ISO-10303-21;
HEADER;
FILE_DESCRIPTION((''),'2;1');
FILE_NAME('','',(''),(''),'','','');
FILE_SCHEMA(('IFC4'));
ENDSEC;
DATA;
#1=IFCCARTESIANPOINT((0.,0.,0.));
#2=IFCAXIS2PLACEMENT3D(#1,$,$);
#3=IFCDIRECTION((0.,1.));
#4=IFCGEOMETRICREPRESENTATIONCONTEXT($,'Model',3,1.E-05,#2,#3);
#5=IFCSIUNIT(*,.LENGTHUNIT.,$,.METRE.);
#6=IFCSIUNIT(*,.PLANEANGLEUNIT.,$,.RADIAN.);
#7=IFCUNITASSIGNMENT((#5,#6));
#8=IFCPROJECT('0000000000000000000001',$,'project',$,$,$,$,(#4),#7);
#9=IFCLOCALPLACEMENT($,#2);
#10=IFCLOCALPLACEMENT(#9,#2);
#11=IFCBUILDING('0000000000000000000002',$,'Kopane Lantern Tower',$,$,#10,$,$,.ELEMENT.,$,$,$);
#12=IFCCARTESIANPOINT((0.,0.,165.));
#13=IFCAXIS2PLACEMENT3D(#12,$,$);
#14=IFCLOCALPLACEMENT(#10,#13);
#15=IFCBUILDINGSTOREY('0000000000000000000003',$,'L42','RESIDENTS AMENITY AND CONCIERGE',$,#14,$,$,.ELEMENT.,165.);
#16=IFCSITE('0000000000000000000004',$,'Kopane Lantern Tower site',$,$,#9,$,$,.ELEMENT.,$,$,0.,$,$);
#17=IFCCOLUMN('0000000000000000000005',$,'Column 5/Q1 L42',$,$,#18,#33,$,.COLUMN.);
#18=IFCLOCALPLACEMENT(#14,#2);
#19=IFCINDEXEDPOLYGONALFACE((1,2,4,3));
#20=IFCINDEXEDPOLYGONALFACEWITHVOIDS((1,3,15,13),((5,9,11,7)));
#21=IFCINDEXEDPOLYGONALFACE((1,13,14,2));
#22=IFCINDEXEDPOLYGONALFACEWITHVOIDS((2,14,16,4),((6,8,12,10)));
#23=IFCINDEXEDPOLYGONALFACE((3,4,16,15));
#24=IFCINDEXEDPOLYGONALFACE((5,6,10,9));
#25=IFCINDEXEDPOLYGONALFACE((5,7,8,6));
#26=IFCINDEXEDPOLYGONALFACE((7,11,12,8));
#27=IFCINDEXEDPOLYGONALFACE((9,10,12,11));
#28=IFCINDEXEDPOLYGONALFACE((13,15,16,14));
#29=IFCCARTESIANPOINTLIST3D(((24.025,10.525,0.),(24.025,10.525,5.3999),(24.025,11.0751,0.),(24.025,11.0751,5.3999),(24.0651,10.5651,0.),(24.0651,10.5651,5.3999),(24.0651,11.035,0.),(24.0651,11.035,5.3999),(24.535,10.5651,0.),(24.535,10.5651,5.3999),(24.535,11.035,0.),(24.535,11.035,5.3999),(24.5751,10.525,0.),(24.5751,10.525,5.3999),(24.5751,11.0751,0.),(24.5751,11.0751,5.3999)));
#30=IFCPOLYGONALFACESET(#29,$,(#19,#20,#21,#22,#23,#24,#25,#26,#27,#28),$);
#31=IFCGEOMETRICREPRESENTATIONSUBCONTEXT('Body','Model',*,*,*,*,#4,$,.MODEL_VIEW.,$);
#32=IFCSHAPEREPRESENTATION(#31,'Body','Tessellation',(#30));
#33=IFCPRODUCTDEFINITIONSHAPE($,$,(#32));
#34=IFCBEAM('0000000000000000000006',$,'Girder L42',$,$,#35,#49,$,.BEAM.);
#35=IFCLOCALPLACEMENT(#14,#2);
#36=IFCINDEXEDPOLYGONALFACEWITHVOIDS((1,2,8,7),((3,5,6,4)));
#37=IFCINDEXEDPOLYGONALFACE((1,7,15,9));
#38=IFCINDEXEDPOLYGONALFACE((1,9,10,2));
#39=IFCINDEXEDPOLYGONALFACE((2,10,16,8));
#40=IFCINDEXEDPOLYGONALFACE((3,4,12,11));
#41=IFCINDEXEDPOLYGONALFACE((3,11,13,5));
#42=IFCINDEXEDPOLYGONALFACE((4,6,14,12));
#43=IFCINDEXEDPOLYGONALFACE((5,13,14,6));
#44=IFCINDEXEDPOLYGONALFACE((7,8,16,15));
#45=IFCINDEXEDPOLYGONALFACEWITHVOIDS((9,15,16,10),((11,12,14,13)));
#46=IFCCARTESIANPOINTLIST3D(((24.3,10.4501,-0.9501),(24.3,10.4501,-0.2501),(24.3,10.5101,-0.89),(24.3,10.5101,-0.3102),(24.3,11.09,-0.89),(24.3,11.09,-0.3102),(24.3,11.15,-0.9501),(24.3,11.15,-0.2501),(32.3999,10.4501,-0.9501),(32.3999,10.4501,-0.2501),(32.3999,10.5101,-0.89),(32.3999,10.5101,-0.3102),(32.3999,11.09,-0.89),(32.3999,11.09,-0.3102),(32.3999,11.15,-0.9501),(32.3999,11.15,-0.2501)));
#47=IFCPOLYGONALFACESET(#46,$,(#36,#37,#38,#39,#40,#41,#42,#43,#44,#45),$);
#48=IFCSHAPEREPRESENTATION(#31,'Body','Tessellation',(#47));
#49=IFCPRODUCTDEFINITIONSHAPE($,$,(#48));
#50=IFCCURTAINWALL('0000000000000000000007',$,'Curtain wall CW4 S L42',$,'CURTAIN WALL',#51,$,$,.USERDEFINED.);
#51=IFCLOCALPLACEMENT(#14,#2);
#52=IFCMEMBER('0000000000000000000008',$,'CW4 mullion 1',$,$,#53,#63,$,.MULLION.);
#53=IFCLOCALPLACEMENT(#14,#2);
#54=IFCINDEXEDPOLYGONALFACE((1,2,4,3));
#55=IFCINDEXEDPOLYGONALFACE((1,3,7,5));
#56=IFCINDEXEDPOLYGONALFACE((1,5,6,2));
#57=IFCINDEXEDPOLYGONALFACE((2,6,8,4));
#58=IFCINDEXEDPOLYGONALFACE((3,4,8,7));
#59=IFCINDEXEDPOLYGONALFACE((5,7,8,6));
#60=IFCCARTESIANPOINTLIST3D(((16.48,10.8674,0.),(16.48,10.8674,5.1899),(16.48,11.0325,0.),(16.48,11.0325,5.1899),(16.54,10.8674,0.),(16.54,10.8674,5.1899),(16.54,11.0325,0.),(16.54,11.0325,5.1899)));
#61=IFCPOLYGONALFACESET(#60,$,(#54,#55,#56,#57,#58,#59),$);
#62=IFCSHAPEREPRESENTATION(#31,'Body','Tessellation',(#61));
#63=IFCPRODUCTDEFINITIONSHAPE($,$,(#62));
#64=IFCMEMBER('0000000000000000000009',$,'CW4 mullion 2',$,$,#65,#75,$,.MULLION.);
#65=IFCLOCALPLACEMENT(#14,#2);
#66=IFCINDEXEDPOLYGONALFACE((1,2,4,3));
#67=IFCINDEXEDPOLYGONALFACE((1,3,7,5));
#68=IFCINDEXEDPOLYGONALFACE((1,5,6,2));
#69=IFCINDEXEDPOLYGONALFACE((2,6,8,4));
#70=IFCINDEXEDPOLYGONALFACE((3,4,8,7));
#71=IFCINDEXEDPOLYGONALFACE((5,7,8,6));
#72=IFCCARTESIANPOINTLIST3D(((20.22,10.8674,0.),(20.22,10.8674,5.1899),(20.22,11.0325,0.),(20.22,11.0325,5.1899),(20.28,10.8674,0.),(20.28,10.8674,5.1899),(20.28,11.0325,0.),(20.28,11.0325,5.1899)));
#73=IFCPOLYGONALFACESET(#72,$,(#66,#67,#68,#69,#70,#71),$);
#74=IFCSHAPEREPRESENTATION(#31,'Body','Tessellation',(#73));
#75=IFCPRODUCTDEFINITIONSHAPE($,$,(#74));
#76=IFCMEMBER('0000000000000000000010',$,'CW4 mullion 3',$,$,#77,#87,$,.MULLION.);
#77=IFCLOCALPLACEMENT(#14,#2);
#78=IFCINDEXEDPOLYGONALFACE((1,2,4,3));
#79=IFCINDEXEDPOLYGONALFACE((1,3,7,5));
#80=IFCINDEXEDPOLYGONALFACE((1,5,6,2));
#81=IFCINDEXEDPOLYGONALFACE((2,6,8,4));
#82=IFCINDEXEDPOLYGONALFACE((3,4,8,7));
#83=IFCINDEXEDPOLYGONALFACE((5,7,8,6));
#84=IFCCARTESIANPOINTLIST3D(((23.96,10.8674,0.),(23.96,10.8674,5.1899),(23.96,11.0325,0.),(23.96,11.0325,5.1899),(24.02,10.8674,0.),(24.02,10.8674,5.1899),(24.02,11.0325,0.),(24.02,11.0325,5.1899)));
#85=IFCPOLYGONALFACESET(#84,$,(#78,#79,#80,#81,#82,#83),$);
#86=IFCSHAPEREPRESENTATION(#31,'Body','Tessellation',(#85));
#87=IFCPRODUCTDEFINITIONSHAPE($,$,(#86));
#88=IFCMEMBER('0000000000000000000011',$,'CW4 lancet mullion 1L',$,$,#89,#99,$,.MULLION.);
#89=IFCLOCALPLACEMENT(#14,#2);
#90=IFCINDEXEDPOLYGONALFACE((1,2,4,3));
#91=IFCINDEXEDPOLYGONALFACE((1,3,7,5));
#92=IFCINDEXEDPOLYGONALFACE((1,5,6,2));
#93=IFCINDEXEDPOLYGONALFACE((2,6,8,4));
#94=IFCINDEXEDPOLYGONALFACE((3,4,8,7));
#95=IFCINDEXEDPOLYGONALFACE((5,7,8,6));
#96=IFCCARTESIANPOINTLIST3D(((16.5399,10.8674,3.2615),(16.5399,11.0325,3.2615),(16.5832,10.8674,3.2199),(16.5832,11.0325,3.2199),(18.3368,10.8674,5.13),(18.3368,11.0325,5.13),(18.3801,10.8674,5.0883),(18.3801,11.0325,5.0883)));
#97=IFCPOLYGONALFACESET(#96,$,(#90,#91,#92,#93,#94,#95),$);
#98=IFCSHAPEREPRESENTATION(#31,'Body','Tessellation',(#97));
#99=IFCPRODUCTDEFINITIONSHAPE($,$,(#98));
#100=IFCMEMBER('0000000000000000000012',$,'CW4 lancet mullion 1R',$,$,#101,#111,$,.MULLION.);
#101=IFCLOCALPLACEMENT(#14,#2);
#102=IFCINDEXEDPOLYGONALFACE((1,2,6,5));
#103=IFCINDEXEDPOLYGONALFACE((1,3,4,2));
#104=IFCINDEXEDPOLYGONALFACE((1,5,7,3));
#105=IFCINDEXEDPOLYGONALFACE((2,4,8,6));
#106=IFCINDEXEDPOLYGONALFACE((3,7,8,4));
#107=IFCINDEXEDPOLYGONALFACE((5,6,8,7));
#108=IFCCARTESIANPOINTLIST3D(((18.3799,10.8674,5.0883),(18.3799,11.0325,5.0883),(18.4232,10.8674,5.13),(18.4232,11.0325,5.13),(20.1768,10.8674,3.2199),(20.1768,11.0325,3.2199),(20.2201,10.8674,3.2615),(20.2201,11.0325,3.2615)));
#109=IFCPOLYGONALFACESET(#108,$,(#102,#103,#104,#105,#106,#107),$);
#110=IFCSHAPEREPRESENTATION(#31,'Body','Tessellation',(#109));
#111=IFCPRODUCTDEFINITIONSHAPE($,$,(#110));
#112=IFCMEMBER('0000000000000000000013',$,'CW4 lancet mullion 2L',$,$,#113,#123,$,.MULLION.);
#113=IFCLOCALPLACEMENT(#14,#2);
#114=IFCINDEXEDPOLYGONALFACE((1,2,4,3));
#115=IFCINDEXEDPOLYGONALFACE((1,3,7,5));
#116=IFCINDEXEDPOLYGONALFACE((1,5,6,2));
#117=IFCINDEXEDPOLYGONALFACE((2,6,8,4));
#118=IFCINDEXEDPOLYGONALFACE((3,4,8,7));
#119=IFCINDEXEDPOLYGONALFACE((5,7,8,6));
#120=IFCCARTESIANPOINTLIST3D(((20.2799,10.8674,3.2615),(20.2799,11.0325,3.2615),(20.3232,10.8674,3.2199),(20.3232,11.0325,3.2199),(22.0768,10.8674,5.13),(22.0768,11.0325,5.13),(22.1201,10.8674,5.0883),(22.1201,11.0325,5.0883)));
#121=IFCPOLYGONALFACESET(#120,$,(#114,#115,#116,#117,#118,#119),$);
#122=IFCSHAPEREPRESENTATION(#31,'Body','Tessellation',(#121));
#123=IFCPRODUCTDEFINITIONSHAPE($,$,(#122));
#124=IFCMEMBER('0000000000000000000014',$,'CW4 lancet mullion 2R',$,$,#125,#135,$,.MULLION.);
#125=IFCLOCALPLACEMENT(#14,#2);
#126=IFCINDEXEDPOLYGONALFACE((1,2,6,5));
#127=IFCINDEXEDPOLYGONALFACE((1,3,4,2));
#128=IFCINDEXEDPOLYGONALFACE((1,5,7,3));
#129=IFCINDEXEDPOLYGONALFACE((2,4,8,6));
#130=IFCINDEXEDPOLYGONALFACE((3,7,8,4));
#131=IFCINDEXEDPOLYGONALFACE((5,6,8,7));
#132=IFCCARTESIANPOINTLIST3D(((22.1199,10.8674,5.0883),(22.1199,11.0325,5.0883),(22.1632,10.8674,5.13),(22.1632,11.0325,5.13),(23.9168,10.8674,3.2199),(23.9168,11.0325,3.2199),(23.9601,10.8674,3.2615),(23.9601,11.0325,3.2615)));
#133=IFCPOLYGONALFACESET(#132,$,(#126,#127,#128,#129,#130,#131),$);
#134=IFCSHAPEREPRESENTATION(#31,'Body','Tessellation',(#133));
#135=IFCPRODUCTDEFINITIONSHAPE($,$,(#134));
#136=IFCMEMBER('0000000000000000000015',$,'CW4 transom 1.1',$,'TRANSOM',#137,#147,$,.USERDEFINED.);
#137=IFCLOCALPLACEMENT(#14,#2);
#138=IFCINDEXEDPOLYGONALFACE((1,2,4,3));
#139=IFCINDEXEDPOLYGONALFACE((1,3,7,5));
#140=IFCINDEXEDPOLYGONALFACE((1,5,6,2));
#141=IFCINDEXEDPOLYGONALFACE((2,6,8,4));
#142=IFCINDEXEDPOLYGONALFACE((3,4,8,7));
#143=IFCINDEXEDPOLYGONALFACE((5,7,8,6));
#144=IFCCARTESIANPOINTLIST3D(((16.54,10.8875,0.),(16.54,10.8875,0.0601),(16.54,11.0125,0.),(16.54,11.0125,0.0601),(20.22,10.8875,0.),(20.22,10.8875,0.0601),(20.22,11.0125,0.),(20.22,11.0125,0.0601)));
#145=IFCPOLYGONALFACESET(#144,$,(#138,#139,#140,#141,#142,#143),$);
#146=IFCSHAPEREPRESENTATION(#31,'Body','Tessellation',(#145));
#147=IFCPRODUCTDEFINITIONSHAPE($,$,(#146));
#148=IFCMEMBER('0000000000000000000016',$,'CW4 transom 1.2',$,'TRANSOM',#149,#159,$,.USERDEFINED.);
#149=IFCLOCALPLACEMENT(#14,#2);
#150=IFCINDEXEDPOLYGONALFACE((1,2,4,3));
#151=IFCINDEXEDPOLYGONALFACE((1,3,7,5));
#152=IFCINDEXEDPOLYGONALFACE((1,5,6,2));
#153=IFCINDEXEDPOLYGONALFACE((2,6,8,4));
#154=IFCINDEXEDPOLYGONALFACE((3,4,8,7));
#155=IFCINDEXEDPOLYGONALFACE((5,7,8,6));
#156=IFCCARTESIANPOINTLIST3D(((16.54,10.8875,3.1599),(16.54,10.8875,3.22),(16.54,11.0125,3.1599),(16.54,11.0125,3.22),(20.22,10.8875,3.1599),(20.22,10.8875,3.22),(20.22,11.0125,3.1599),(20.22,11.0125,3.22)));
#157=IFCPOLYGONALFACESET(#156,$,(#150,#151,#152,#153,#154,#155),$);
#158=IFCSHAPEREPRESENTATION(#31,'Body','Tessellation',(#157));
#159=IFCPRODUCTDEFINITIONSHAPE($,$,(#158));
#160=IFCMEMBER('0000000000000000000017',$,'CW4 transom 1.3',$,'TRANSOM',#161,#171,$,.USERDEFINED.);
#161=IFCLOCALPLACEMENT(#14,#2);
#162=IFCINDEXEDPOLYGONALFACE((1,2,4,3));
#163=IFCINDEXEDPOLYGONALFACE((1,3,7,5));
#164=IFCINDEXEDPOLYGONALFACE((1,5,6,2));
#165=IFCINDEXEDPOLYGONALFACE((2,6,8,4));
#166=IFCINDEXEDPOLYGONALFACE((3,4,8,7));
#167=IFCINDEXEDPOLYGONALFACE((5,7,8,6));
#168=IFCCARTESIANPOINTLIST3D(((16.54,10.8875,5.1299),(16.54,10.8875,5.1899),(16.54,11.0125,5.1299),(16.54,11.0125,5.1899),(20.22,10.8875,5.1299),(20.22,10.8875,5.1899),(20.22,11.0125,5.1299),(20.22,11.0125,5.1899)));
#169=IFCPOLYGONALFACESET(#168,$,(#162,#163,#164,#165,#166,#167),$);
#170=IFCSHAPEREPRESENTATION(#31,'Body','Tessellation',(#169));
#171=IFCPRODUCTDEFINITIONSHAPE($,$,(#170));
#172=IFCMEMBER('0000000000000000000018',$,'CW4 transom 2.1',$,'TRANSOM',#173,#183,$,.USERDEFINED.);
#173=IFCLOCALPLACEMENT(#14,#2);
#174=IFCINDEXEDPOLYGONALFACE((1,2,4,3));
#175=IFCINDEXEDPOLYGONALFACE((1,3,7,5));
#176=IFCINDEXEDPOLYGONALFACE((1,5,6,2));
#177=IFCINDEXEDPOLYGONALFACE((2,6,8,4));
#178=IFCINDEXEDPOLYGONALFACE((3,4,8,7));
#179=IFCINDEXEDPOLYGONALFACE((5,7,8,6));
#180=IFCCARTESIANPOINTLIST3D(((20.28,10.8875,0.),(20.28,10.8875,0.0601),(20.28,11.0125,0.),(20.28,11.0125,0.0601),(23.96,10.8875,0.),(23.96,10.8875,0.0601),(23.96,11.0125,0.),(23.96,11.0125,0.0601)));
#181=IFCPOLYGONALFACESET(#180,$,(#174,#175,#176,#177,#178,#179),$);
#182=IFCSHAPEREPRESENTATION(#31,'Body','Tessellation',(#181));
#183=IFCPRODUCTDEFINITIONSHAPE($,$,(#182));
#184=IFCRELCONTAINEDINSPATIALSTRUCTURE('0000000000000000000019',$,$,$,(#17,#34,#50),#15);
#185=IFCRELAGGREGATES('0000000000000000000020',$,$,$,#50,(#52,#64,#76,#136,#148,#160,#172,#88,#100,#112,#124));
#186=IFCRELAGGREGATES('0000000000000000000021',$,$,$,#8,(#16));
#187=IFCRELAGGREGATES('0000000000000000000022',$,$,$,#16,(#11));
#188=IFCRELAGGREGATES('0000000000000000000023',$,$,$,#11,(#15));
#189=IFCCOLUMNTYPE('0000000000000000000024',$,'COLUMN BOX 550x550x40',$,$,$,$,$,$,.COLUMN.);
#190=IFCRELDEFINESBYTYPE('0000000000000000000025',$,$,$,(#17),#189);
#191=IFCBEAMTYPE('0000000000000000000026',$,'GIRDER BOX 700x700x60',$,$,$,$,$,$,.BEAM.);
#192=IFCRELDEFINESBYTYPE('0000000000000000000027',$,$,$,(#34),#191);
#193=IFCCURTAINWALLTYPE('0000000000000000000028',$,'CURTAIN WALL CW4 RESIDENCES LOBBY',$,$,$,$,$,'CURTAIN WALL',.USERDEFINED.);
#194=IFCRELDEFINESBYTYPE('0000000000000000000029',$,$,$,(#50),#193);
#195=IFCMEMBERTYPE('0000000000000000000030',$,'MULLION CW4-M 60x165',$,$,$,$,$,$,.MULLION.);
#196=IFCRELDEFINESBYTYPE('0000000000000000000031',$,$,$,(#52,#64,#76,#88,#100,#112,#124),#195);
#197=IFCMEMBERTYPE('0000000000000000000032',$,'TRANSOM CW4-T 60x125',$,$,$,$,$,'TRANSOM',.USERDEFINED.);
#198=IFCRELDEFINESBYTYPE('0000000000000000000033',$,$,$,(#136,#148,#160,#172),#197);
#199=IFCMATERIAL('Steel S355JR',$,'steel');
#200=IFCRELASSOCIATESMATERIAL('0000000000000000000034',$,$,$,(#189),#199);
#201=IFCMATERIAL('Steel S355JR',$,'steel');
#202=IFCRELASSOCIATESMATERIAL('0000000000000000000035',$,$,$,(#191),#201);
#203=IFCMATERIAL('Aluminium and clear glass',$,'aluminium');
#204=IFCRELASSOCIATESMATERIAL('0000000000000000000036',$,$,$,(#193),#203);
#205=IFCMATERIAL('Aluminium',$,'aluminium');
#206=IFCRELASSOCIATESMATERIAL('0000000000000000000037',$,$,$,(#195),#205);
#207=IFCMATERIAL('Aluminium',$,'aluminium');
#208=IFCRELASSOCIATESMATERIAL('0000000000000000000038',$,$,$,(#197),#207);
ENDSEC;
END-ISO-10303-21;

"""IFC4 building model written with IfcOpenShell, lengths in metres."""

from ifc_helpers import new_model, si_unit, direction, frame, origin, origin_2d, place, context, subcontext, project, spatial, rectangle, hollow_rectangle, extrude, material, material_profile, profile_set, type_object, element, aggregate, save


model = new_model("IFC4")

# Units and contexts
model_context = context("Model", 3, precision=1e-05, world=origin(), true_north=direction((0.0, 1.0)))
body_context = subcontext(model_context, "Body", "Model", "MODEL_VIEW")
ifc_project = project(units=[si_unit("LENGTHUNIT", "METRE"), si_unit("PLANEANGLEUNIT", "RADIAN")], contexts=[model_context])

# Site, building, storey
site_placement = place(None, origin())
site = spatial("IfcSite", under=ifc_project, at=site_placement, Name="Kopane Lantern Tower site", CompositionType="ELEMENT", RefElevation=0.0)
building_placement = place(site_placement, origin())
building = spatial("IfcBuilding", under=site, at=building_placement, Name="Kopane Lantern Tower", CompositionType="ELEMENT")
storey_placement = place(building_placement, frame((0.0, 0.0, 165.0)))
storey = spatial("IfcBuildingStorey", under=building, at=storey_placement, Name="L42", Description="RESIDENTS AMENITY AND CONCIERGE", CompositionType="ELEMENT", Elevation=165.0)

# Column
ifc_material_1 = material(Name="Steel S355JR", Category="steel")
ifc_material_profile_1 = material_profile(ifc_material_1, hollow_rectangle(XDim=0.55, YDim=0.55, WallThickness=0.04, at=origin_2d()), Name="BOX 550x550x40")
ifc_profile_set_1 = profile_set([ifc_material_profile_1], Name="Steel S355JR")
column_type = type_object("IfcColumnType", Name="COLUMN BOX 550x550x40", PredefinedType="COLUMN", material=ifc_profile_set_1)
column_placement = place(storey_placement, frame((24.3, 10.8, 0.0), z_axis=(0.0, 0.0, 1.0), x_axis=(1.0, 0.0, 0.0)))
element("IfcColumn", 1, at=column_placement, inside=storey, type_object=column_type, Name="Column 5/Q1 L42", PredefinedType="COLUMN", context=body_context, shape_type="SweptSolid", body=[
    extrude(hollow_rectangle(XDim=0.55, YDim=0.55, WallThickness=0.04, at=origin_2d()), origin(), (0.0, 0.0, 1.0), 5.3999),
])

# Beam
ifc_material_2 = material(Name="Steel S355JR", Category="steel")
ifc_material_profile_2 = material_profile(ifc_material_2, hollow_rectangle(XDim=0.7, YDim=0.7, WallThickness=0.0601, at=origin_2d()), Name="BOX 700x700x60")
ifc_profile_set_2 = profile_set([ifc_material_profile_2], Name="Steel S355JR")
beam_type = type_object("IfcBeamType", Name="GIRDER BOX 700x700x60", PredefinedType="BEAM", material=ifc_profile_set_2)
beam_placement = place(storey_placement, frame((24.3, 10.8, -0.6001), z_axis=(1.0, 0.0, 0.0), x_axis=(0.0, 1.0, 0.0)))
element("IfcBeam", 2, at=beam_placement, inside=storey, type_object=beam_type, Name="Girder L42", PredefinedType="BEAM", context=body_context, shape_type="SweptSolid", body=[
    extrude(hollow_rectangle(XDim=0.7, YDim=0.7, WallThickness=0.0601, at=origin_2d()), origin(), (0.0, 0.0, 1.0), 8.0999),
])

# Curtain wall, members
ifc_material_3 = material(Name="Aluminium and clear glass", Category="aluminium")
curtain_wall_type = type_object("IfcCurtainWallType", Name="CURTAIN WALL CW4 RESIDENCES LOBBY", ElementType="CURTAIN WALL", PredefinedType="USERDEFINED", material=ifc_material_3)
curtain_wall_placement = place(storey_placement, origin())
curtain_wall = element("IfcCurtainWall", 3, at=curtain_wall_placement, inside=storey, type_object=curtain_wall_type, Name="Curtain wall CW4 S L42", ObjectType="CURTAIN WALL", PredefinedType="USERDEFINED")
ifc_material_4 = material(Name="Aluminium", Category="aluminium")
ifc_material_profile_3 = material_profile(ifc_material_4, rectangle(XDim=0.0601, YDim=0.165, at=origin_2d()), Name="AL 60x165")
ifc_profile_set_3 = profile_set([ifc_material_profile_3], Name="Aluminium")
member_type_1 = type_object("IfcMemberType", Name="MULLION CW4-M 60x165", PredefinedType="MULLION", material=ifc_profile_set_3)
member_1_placement = place(storey_placement, frame((16.51, 10.95, 0.0), z_axis=(0.0, 0.0, 1.0), x_axis=(1.0, 0.0, 0.0)))
member_1 = element("IfcMember", 4, at=member_1_placement, type_object=member_type_1, Name="CW4 mullion 1", PredefinedType="MULLION", context=body_context, shape_type="SweptSolid", body=[
    extrude(rectangle(XDim=0.0601, YDim=0.165, at=origin_2d()), origin(), (0.0, 0.0, 1.0), 5.1899),
])
member_2_placement = place(storey_placement, frame((20.25, 10.95, 0.0), z_axis=(0.0, 0.0, 1.0), x_axis=(1.0, 0.0, 0.0)))
member_2 = element("IfcMember", 5, at=member_2_placement, type_object=member_type_1, Name="CW4 mullion 2", PredefinedType="MULLION", context=body_context, shape_type="SweptSolid", body=[
    extrude(rectangle(XDim=0.0601, YDim=0.165, at=origin_2d()), origin(), (0.0, 0.0, 1.0), 5.1899),
])
member_3_placement = place(storey_placement, frame((23.99, 10.95, 0.0), z_axis=(0.0, 0.0, 1.0), x_axis=(1.0, 0.0, 0.0)))
member_3 = element("IfcMember", 6, at=member_3_placement, type_object=member_type_1, Name="CW4 mullion 3", PredefinedType="MULLION", context=body_context, shape_type="SweptSolid", body=[
    extrude(rectangle(XDim=0.0601, YDim=0.165, at=origin_2d()), origin(), (0.0, 0.0, 1.0), 5.1899),
])
member_4_placement = place(storey_placement, frame((16.5615, 10.95, 3.2407), z_axis=(0.693175, 0.0, 0.72077), x_axis=(-0.72077, 0.0, 0.693175)))
member_4 = element("IfcMember", 7, at=member_4_placement, type_object=member_type_1, Name="CW4 lancet mullion 1L", PredefinedType="MULLION", context=body_context, shape_type="SweptSolid", body=[
    extrude(rectangle(XDim=0.0601, YDim=0.165, at=origin_2d()), origin(), (0.0, 0.0, 1.0), 2.5923),
])
member_5_placement = place(storey_placement, frame((20.1985, 10.95, 3.2407), z_axis=(-0.693175, 0.0, 0.72077), x_axis=(0.72077, 0.0, 0.693175)))
member_5 = element("IfcMember", 8, at=member_5_placement, type_object=member_type_1, Name="CW4 lancet mullion 1R", PredefinedType="MULLION", context=body_context, shape_type="SweptSolid", body=[
    extrude(rectangle(XDim=0.0601, YDim=0.165, at=origin_2d()), origin(), (0.0, 0.0, 1.0), 2.5923),
])
member_6_placement = place(storey_placement, frame((20.3015, 10.95, 3.2407), z_axis=(0.693175, 0.0, 0.72077), x_axis=(-0.72077, 0.0, 0.693175)))
member_6 = element("IfcMember", 9, at=member_6_placement, type_object=member_type_1, Name="CW4 lancet mullion 2L", PredefinedType="MULLION", context=body_context, shape_type="SweptSolid", body=[
    extrude(rectangle(XDim=0.0601, YDim=0.165, at=origin_2d()), origin(), (0.0, 0.0, 1.0), 2.5923),
])
member_7_placement = place(storey_placement, frame((23.9385, 10.95, 3.2407), z_axis=(-0.693175, 0.0, 0.72077), x_axis=(0.72077, 0.0, 0.693175)))
member_7 = element("IfcMember", 10, at=member_7_placement, type_object=member_type_1, Name="CW4 lancet mullion 2R", PredefinedType="MULLION", context=body_context, shape_type="SweptSolid", body=[
    extrude(rectangle(XDim=0.0601, YDim=0.165, at=origin_2d()), origin(), (0.0, 0.0, 1.0), 2.5923),
])
ifc_material_5 = material(Name="Aluminium", Category="aluminium")
ifc_material_profile_4 = material_profile(ifc_material_5, rectangle(XDim=0.125, YDim=0.0601, at=origin_2d()), Name="AL 125x60")
ifc_profile_set_4 = profile_set([ifc_material_profile_4], Name="Aluminium")
member_type_2 = type_object("IfcMemberType", Name="TRANSOM CW4-T 60x125", ElementType="TRANSOM", PredefinedType="USERDEFINED", material=ifc_profile_set_4)
member_8_placement = place(storey_placement, frame((16.54, 10.95, 0.03), z_axis=(1.0, 0.0, 0.0), x_axis=(0.0, 1.0, 0.0)))
member_8 = element("IfcMember", 11, at=member_8_placement, type_object=member_type_2, Name="CW4 transom 1.1", ObjectType="TRANSOM", PredefinedType="USERDEFINED", context=body_context, shape_type="SweptSolid", body=[
    extrude(rectangle(XDim=0.125, YDim=0.0601, at=origin_2d()), origin(), (0.0, 0.0, 1.0), 3.6799),
])
member_9_placement = place(storey_placement, frame((16.54, 10.95, 3.1899), z_axis=(1.0, 0.0, 0.0), x_axis=(0.0, 1.0, 0.0)))
member_9 = element("IfcMember", 12, at=member_9_placement, type_object=member_type_2, Name="CW4 transom 1.2", ObjectType="TRANSOM", PredefinedType="USERDEFINED", context=body_context, shape_type="SweptSolid", body=[
    extrude(rectangle(XDim=0.125, YDim=0.0601, at=origin_2d()), origin(), (0.0, 0.0, 1.0), 3.6799),
])
member_10_placement = place(storey_placement, frame((16.54, 10.95, 5.1599), z_axis=(1.0, 0.0, 0.0), x_axis=(0.0, 1.0, 0.0)))
member_10 = element("IfcMember", 13, at=member_10_placement, type_object=member_type_2, Name="CW4 transom 1.3", ObjectType="TRANSOM", PredefinedType="USERDEFINED", context=body_context, shape_type="SweptSolid", body=[
    extrude(rectangle(XDim=0.125, YDim=0.0601, at=origin_2d()), origin(), (0.0, 0.0, 1.0), 3.6799),
])
member_11_placement = place(storey_placement, frame((20.28, 10.95, 0.03), z_axis=(1.0, 0.0, 0.0), x_axis=(0.0, 1.0, 0.0)))
member_11 = element("IfcMember", 14, at=member_11_placement, type_object=member_type_2, Name="CW4 transom 2.1", ObjectType="TRANSOM", PredefinedType="USERDEFINED", context=body_context, shape_type="SweptSolid", body=[
    extrude(rectangle(XDim=0.125, YDim=0.0601, at=origin_2d()), origin(), (0.0, 0.0, 1.0), 3.6799),
])
aggregate(curtain_wall, [member_1, member_2, member_3, member_8, member_9, member_10, member_11, member_4, member_5, member_6, member_7])

save(model, "model.ifc")
